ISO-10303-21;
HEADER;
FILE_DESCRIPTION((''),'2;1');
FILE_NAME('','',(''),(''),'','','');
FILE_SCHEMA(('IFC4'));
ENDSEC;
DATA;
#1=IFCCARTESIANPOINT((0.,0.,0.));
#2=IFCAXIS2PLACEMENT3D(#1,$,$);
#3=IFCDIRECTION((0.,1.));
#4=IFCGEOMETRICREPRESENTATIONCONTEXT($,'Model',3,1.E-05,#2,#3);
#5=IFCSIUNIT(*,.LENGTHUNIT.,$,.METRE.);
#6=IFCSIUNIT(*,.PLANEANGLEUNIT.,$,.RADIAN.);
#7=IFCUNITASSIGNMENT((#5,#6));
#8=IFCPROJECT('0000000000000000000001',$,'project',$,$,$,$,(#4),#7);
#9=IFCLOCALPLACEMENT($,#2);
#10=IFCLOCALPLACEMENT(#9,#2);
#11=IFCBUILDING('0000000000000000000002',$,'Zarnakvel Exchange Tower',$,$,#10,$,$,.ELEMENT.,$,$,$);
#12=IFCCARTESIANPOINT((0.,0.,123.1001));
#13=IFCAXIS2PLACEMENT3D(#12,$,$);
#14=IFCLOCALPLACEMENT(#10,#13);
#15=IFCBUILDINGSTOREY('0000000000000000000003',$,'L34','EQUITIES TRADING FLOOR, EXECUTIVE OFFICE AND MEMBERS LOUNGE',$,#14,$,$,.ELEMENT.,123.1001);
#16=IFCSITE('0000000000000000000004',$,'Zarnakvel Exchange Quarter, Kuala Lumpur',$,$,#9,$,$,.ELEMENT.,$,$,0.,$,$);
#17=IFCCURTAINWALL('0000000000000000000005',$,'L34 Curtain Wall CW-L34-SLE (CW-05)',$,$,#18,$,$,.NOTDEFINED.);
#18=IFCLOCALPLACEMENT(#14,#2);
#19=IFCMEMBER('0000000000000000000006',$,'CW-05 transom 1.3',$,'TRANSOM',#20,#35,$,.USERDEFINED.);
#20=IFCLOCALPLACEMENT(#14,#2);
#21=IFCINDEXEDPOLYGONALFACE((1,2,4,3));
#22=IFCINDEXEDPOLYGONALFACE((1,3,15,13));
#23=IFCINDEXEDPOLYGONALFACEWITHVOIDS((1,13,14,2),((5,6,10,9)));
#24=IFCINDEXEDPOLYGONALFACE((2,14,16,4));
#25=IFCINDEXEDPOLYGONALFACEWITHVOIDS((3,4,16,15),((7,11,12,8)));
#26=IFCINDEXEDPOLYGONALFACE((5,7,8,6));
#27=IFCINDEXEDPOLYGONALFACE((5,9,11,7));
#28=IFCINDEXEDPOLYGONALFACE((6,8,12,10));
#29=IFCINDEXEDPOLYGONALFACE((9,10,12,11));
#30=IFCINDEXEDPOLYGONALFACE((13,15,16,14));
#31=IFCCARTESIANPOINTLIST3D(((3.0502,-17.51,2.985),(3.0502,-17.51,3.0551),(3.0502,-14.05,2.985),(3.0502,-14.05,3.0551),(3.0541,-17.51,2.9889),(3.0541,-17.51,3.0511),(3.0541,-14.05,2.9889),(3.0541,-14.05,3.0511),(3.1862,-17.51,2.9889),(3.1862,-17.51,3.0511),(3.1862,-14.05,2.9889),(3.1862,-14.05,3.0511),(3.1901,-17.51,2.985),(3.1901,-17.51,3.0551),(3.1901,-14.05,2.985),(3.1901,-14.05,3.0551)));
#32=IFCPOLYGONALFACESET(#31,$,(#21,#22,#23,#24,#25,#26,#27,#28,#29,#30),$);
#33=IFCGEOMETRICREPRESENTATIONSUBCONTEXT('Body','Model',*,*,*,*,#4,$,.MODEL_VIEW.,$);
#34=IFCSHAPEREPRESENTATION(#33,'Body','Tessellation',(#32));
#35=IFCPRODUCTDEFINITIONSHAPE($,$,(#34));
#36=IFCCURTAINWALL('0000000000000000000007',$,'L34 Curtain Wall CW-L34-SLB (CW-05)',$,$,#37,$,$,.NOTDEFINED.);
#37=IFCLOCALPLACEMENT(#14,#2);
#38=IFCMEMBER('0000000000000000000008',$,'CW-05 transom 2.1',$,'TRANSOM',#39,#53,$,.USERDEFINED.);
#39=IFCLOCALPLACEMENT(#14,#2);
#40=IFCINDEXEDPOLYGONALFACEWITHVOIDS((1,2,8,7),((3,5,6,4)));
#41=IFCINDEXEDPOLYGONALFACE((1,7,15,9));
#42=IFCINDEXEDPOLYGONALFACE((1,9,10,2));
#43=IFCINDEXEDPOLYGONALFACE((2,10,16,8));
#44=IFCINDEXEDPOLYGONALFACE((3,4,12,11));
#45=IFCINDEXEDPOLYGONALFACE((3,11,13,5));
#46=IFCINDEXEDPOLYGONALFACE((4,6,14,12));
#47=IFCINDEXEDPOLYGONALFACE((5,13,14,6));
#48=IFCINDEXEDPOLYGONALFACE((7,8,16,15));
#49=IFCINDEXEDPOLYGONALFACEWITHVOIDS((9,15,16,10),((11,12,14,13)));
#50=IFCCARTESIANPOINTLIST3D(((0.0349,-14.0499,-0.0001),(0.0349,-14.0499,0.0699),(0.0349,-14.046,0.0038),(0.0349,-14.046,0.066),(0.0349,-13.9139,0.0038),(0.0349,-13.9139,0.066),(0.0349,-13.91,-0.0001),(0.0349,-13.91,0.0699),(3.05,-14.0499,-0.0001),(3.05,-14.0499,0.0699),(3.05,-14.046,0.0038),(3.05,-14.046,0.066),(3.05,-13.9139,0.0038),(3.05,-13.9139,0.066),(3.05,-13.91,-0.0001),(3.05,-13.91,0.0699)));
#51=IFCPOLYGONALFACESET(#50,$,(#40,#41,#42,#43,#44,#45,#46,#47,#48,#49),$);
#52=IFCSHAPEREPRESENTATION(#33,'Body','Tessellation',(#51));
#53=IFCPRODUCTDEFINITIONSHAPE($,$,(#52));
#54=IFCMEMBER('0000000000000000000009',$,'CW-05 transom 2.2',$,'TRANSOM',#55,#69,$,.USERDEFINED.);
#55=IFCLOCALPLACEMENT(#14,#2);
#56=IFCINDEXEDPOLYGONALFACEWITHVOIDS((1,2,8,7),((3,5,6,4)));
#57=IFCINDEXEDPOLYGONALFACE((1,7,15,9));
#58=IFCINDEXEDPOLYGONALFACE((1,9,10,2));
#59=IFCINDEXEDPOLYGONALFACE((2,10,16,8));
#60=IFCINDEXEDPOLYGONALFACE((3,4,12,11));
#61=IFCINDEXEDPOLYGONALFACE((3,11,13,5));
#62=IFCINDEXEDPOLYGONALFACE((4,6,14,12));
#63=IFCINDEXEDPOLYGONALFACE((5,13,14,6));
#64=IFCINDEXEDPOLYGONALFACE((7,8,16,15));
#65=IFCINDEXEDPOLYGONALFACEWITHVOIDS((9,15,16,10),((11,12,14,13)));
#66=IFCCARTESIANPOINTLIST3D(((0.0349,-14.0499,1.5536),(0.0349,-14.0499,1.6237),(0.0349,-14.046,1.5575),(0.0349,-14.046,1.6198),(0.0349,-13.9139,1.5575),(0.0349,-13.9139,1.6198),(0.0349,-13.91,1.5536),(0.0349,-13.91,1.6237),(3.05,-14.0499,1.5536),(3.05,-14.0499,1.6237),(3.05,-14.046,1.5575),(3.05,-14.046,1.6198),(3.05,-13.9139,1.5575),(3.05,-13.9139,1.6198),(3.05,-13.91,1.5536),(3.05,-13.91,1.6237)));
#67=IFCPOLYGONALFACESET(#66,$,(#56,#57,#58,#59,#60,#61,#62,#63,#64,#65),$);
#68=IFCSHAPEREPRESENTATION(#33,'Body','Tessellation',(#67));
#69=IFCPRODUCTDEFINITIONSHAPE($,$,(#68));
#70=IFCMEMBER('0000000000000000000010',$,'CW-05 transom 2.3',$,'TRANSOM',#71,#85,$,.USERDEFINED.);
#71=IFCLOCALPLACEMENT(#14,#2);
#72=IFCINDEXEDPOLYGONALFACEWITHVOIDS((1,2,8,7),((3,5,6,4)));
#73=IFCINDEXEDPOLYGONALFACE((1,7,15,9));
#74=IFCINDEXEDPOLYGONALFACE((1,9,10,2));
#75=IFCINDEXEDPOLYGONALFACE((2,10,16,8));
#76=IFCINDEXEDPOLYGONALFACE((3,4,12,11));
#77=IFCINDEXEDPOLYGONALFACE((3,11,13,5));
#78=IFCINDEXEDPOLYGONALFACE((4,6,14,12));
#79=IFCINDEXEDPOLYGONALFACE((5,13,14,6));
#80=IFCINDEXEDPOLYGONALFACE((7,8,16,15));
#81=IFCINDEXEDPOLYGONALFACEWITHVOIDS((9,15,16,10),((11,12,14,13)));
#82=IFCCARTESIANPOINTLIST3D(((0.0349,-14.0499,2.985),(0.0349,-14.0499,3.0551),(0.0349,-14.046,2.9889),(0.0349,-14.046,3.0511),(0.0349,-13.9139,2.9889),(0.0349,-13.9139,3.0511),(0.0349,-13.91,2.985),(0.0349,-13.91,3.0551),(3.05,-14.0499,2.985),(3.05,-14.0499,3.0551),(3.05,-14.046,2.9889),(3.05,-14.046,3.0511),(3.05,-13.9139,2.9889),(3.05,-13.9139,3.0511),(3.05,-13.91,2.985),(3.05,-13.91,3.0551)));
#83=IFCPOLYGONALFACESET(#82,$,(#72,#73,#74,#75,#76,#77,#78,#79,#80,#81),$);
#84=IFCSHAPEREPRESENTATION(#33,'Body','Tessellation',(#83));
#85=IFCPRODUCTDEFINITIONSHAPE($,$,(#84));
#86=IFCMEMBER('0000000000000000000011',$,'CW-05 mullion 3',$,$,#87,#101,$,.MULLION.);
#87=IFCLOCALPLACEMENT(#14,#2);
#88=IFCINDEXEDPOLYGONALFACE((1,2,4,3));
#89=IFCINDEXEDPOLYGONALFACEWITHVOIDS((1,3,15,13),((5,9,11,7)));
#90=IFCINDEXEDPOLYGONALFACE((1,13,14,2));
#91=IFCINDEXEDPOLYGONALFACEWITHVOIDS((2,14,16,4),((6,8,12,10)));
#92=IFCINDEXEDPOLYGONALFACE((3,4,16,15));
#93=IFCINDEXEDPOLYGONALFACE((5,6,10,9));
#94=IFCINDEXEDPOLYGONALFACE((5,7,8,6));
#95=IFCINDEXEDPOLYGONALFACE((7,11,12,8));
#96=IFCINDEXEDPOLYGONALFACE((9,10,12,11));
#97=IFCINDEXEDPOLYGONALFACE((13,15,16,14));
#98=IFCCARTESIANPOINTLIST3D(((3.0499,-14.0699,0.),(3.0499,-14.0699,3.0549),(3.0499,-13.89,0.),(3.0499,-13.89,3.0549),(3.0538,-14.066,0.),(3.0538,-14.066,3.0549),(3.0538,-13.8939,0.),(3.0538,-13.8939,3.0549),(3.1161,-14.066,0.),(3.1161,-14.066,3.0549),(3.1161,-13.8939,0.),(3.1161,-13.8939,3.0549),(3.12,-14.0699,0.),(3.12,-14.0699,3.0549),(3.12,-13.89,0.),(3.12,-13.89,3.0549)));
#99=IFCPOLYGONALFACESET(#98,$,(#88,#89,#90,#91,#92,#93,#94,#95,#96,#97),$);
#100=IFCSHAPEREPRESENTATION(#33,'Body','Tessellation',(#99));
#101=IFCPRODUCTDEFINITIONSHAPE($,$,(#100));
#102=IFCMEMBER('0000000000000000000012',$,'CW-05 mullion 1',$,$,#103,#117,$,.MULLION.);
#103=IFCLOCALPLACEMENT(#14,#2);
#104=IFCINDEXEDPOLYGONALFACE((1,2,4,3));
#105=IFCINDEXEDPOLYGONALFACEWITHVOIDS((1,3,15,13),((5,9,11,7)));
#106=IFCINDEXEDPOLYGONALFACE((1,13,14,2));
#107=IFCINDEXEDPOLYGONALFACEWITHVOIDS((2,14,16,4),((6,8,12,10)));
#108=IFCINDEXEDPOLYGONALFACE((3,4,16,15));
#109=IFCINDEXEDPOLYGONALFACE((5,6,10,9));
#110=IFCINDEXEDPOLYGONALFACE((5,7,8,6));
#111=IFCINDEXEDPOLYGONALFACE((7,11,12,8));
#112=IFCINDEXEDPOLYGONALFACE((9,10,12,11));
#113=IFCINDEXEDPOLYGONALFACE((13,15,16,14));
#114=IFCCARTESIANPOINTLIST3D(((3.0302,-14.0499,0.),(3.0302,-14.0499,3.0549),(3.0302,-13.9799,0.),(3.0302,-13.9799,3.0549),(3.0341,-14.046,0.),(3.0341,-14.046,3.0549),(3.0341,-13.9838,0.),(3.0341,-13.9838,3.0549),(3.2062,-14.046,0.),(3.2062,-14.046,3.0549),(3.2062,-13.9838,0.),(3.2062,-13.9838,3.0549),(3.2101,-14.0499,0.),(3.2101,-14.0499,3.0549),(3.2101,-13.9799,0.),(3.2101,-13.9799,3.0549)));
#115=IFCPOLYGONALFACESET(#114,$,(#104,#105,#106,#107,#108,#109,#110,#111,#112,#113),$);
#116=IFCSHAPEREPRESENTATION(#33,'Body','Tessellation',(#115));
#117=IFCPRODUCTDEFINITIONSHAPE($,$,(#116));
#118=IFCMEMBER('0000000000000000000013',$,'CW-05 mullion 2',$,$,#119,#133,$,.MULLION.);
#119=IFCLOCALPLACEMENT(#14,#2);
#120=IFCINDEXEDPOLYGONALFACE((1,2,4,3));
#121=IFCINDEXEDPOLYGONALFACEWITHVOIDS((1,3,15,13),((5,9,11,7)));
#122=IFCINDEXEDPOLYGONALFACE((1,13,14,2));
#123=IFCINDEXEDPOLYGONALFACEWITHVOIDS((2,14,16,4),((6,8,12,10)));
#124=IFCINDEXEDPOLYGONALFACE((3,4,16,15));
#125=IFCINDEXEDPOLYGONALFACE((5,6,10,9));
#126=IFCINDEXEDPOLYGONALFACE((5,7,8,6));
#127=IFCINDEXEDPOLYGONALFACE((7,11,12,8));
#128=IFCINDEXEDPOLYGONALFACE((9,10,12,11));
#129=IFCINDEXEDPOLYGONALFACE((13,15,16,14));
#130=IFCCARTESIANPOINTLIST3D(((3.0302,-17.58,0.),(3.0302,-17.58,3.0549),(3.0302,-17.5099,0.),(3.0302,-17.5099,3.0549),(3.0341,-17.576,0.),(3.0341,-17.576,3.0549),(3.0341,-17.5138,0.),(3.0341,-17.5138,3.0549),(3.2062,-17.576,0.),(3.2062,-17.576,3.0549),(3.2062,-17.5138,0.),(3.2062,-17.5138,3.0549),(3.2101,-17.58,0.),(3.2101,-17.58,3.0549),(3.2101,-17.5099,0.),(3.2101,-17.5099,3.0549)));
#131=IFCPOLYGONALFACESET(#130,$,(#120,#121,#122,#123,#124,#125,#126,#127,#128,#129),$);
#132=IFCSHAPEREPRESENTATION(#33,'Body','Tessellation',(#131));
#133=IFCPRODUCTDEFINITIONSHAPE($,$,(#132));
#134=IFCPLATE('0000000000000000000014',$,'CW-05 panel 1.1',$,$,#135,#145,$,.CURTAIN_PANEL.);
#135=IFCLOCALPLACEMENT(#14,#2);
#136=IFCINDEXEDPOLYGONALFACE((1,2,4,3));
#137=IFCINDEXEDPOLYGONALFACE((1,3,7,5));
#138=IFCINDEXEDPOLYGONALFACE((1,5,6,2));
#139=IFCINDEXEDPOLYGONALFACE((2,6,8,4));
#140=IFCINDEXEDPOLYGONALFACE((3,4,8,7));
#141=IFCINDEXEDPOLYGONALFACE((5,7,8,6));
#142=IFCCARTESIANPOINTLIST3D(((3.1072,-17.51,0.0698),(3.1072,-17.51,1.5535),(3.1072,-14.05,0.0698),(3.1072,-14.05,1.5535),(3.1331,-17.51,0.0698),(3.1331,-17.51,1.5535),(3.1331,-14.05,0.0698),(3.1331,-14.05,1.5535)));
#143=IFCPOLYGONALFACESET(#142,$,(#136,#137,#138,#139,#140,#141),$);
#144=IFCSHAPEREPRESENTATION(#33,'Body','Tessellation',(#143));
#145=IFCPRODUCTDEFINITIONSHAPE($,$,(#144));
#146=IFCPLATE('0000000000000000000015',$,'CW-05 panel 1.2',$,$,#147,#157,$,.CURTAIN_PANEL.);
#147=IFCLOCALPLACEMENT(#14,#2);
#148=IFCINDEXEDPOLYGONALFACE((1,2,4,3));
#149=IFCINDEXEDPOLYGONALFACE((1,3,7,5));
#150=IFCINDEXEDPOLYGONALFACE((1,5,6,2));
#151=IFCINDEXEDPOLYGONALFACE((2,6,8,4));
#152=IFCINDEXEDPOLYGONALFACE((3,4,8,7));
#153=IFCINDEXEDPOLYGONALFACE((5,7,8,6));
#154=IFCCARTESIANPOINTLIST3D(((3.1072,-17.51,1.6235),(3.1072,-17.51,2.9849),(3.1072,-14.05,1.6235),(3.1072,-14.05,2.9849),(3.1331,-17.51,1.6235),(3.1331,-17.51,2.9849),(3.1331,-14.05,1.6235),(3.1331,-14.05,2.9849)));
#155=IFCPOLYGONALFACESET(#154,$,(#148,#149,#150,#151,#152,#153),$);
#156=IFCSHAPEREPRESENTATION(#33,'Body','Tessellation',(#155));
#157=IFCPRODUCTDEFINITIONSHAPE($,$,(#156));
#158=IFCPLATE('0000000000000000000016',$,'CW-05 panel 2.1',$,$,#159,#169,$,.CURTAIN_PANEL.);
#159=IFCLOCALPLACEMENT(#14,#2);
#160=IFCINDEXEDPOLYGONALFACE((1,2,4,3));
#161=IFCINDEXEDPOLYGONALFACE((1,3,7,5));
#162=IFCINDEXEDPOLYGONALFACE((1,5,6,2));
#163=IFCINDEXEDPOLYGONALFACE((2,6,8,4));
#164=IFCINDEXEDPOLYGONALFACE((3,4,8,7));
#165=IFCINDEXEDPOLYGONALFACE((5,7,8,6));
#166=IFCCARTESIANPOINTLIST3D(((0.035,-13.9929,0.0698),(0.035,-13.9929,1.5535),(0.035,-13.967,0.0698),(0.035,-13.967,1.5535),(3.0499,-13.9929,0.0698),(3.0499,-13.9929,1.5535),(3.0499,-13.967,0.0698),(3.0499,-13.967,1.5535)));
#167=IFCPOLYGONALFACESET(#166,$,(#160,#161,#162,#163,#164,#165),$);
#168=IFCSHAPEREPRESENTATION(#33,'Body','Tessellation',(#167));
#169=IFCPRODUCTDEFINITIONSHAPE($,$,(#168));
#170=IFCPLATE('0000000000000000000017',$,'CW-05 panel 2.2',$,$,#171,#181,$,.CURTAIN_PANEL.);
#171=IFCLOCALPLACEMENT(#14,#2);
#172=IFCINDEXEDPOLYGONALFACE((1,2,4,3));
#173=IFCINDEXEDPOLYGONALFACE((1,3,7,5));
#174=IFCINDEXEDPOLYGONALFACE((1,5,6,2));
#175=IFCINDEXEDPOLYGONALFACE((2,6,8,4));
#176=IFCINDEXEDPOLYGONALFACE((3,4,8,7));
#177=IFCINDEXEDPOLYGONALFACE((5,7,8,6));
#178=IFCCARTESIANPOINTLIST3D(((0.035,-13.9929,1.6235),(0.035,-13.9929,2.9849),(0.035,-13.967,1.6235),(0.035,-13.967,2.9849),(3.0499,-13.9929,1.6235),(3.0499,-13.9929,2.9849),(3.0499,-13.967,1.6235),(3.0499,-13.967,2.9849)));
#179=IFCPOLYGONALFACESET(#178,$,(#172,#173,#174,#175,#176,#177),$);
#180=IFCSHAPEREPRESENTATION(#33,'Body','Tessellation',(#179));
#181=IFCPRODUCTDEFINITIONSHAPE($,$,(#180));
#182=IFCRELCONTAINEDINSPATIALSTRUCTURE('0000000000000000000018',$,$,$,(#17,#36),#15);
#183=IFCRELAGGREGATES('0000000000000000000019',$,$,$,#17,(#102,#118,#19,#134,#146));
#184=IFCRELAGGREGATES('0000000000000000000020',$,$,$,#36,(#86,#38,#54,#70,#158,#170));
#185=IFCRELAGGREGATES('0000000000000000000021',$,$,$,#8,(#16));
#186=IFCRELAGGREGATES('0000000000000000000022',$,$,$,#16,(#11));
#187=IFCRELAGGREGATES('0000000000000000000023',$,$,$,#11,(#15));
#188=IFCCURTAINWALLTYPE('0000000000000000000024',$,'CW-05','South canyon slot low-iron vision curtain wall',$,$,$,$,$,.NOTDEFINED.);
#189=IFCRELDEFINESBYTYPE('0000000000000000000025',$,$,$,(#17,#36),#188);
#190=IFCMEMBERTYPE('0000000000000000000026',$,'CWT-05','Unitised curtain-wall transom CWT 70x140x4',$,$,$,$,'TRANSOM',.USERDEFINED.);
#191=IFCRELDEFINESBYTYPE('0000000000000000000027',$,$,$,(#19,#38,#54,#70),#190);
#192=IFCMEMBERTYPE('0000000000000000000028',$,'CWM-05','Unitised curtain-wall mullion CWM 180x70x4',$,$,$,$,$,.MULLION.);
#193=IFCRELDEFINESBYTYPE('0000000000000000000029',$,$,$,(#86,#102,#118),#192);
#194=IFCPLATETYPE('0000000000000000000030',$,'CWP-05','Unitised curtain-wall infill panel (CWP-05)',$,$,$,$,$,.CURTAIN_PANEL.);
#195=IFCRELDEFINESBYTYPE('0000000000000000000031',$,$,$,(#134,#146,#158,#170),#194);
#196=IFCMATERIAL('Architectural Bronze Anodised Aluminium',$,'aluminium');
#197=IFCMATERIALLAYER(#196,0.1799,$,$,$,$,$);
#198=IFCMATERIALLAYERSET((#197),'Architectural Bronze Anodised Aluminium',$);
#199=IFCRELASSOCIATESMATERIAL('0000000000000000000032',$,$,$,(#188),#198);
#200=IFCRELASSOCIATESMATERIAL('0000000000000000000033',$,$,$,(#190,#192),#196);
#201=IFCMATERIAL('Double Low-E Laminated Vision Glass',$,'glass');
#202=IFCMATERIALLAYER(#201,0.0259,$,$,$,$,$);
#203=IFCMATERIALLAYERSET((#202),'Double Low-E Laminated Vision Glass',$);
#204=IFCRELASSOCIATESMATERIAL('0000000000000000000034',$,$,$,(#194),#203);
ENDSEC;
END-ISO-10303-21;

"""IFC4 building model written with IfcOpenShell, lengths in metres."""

from ifc_helpers import new_model, si_unit, direction, frame, origin, origin_2d, place, context, subcontext, project, spatial, rectangle, hollow_rectangle, extrude, source, transform, mapped, material, layer, layer_set, material_profile, profile_set, type_object, element, aggregate, save


model = new_model("IFC4")

# Units and contexts
model_context = context("Model", 3, precision=1e-05, world=origin(), true_north=direction((0.0, 1.0)))
body_context = subcontext(model_context, "Body", "Model", "MODEL_VIEW")
ifc_project = project(units=[si_unit("LENGTHUNIT", "METRE"), si_unit("PLANEANGLEUNIT", "RADIAN")], contexts=[model_context])

# Site, building, storey
site_placement = place(None, origin())
site = spatial("IfcSite", under=ifc_project, at=site_placement, Name="Zarnakvel Exchange Quarter, Kuala Lumpur", CompositionType="ELEMENT", RefElevation=0.0)
building_placement = place(site_placement, origin())
building = spatial("IfcBuilding", under=site, at=building_placement, Name="Zarnakvel Exchange Tower", CompositionType="ELEMENT")
storey_placement = place(building_placement, frame((0.0, 0.0, 123.1001)))
storey = spatial("IfcBuildingStorey", under=building, at=storey_placement, Name="L34", Description="EQUITIES TRADING FLOOR, EXECUTIVE OFFICE AND MEMBERS LOUNGE", CompositionType="ELEMENT", Elevation=123.1001)

# Curtain walls, members
ifc_material_1 = material(Name="Architectural Bronze Anodised Aluminium", Category="aluminium")
ifc_layer_1 = layer(ifc_material_1, 0.1799)
ifc_layer_set_1 = layer_set([ifc_layer_1], Name="Architectural Bronze Anodised Aluminium")
curtain_wall_type = type_object("IfcCurtainWallType", Name="CW-05", Description="South canyon slot low-iron vision curtain wall", PredefinedType="NOTDEFINED", material=ifc_layer_set_1)
curtain_wall_1_placement = place(storey_placement, origin())
curtain_wall_1 = element("IfcCurtainWall", 1, at=curtain_wall_1_placement, inside=storey, type_object=curtain_wall_type, Name="L34 Curtain Wall CW-L34-SLE (CW-05)", PredefinedType="NOTDEFINED")
ifc_material_profile_1 = material_profile(ifc_material_1, hollow_rectangle(XDim=0.1399, YDim=0.0701, WallThickness=0.0039, at=origin_2d()))
ifc_profile_set_1 = profile_set([ifc_material_profile_1], Name="Architectural Bronze Anodised Aluminium")
member_type_1 = type_object("IfcMemberType", Name="CWT-05", Description="Unitised curtain-wall transom CWT 70x140x4", ElementType="TRANSOM", PredefinedType="USERDEFINED", material=ifc_profile_set_1)
shared_shape_1 = source(origin(), body_context, "Body", "SweptSolid", [
    extrude(hollow_rectangle(XDim=0.1399, YDim=0.0701, WallThickness=0.0039, at=origin_2d()), origin(), (0.0, 0.0, 1.0), 3.46),
])
member_1_placement = place(storey_placement, frame((3.1201, -14.05, 3.02), z_axis=(0.0, -1.0, 0.0), x_axis=(1.0, 0.0, 0.0)))
member_1 = element("IfcMember", 2, at=member_1_placement, type_object=member_type_1, Name="CW-05 transom 1.3", ObjectType="TRANSOM", PredefinedType="USERDEFINED", context=body_context, shape_type="MappedRepresentation", body=[
    mapped(shared_shape_1, transform((0.0, 0.0, 0.0), x_axis=(1.0, 0.0, 0.0), y_axis=(0.0, 1.0, 0.0), z_axis=(0.0, 0.0, 1.0), scale=1.0)),
])
curtain_wall_2_placement = place(storey_placement, origin())
curtain_wall_2 = element("IfcCurtainWall", 3, at=curtain_wall_2_placement, inside=storey, type_object=curtain_wall_type, Name="L34 Curtain Wall CW-L34-SLB (CW-05)", PredefinedType="NOTDEFINED")
shared_shape_2 = source(origin(), body_context, "Body", "SweptSolid", [
    extrude(hollow_rectangle(XDim=0.1399, YDim=0.0701, WallThickness=0.0039, at=origin_2d()), origin(), (0.0, 0.0, 1.0), 3.0151),
])
member_2_placement = place(storey_placement, frame((0.0349, -13.98, 0.0349), z_axis=(1.0, 0.0, 0.0), x_axis=(0.0, 1.0, 0.0)))
member_2 = element("IfcMember", 4, at=member_2_placement, type_object=member_type_1, Name="CW-05 transom 2.1", ObjectType="TRANSOM", PredefinedType="USERDEFINED", context=body_context, shape_type="MappedRepresentation", body=[
    mapped(shared_shape_2, transform((0.0, 0.0, 0.0), x_axis=(1.0, 0.0, 0.0), y_axis=(0.0, 1.0, 0.0), z_axis=(0.0, 0.0, 1.0), scale=1.0)),
])
member_3_placement = place(storey_placement, frame((0.0349, -13.98, 1.5886), z_axis=(1.0, 0.0, 0.0), x_axis=(0.0, 1.0, 0.0)))
member_3 = element("IfcMember", 5, at=member_3_placement, type_object=member_type_1, Name="CW-05 transom 2.2", ObjectType="TRANSOM", PredefinedType="USERDEFINED", context=body_context, shape_type="MappedRepresentation", body=[
    mapped(shared_shape_2, transform((0.0, 0.0, 0.0), x_axis=(1.0, 0.0, 0.0), y_axis=(0.0, 1.0, 0.0), z_axis=(0.0, 0.0, 1.0), scale=1.0)),
])
member_4_placement = place(storey_placement, frame((0.0349, -13.98, 3.02), z_axis=(1.0, 0.0, 0.0), x_axis=(0.0, 1.0, 0.0)))
member_4 = element("IfcMember", 6, at=member_4_placement, type_object=member_type_1, Name="CW-05 transom 2.3", ObjectType="TRANSOM", PredefinedType="USERDEFINED", context=body_context, shape_type="MappedRepresentation", body=[
    mapped(shared_shape_2, transform((0.0, 0.0, 0.0), x_axis=(1.0, 0.0, 0.0), y_axis=(0.0, 1.0, 0.0), z_axis=(0.0, 0.0, 1.0), scale=1.0)),
])
ifc_material_profile_2 = material_profile(ifc_material_1, hollow_rectangle(XDim=0.1799, YDim=0.0701, WallThickness=0.0039, at=origin_2d()))
ifc_profile_set_2 = profile_set([ifc_material_profile_2], Name="Architectural Bronze Anodised Aluminium")
member_type_2 = type_object("IfcMemberType", Name="CWM-05", Description="Unitised curtain-wall mullion CWM 180x70x4", PredefinedType="MULLION", material=ifc_profile_set_2)
shared_shape_3 = source(origin(), body_context, "Body", "SweptSolid", [
    extrude(hollow_rectangle(XDim=0.1799, YDim=0.0701, WallThickness=0.0039, at=origin_2d()), origin(), (0.0, 0.0, 1.0), 3.0549),
])
member_5_placement = place(storey_placement, frame((3.085, -13.98, 0.0), z_axis=(0.0, 0.0, 1.0), x_axis=(0.0, 1.0, 0.0)))
member_5 = element("IfcMember", 7, at=member_5_placement, type_object=member_type_2, Name="CW-05 mullion 3", PredefinedType="MULLION", context=body_context, shape_type="MappedRepresentation", body=[
    mapped(shared_shape_3, transform((0.0, 0.0, 0.0), x_axis=(1.0, 0.0, 0.0), y_axis=(0.0, 1.0, 0.0), z_axis=(0.0, 0.0, 1.0), scale=1.0)),
])

# Members
member_6_placement = place(storey_placement, frame((3.1201, -14.0149, 0.0), z_axis=(0.0, 0.0, 1.0), x_axis=(1.0, 0.0, 0.0)))
member_6 = element("IfcMember", 8, at=member_6_placement, type_object=member_type_2, Name="CW-05 mullion 1", PredefinedType="MULLION", context=body_context, shape_type="MappedRepresentation", body=[
    mapped(shared_shape_3, transform((0.0, 0.0, 0.0), x_axis=(1.0, 0.0, 0.0), y_axis=(0.0, 1.0, 0.0), z_axis=(0.0, 0.0, 1.0), scale=1.0)),
])
member_7_placement = place(storey_placement, frame((3.1201, -17.5449, 0.0), z_axis=(0.0, 0.0, 1.0), x_axis=(1.0, 0.0, 0.0)))
member_7 = element("IfcMember", 9, at=member_7_placement, type_object=member_type_2, Name="CW-05 mullion 2", PredefinedType="MULLION", context=body_context, shape_type="MappedRepresentation", body=[
    mapped(shared_shape_3, transform((0.0, 0.0, 0.0), x_axis=(1.0, 0.0, 0.0), y_axis=(0.0, 1.0, 0.0), z_axis=(0.0, 0.0, 1.0), scale=1.0)),
])

# Plates
ifc_material_2 = material(Name="Double Low-E Laminated Vision Glass", Category="glass")
ifc_layer_2 = layer(ifc_material_2, 0.0259)
ifc_layer_set_2 = layer_set([ifc_layer_2], Name="Double Low-E Laminated Vision Glass")
plate_type = type_object("IfcPlateType", Name="CWP-05", Description="Unitised curtain-wall infill panel (CWP-05)", PredefinedType="CURTAIN_PANEL", material=ifc_layer_set_2)
shared_shape_4 = source(origin(), body_context, "Body", "SweptSolid", [
    extrude(rectangle(XDim=3.46, YDim=0.0259, at=origin_2d()), origin(), (0.0, 0.0, 1.0), 1.4836),
])
plate_1_placement = place(storey_placement, frame((3.1201, -15.78, 0.0698), z_axis=(0.0, 0.0, 1.0), x_axis=(0.0, -1.0, 0.0)))
plate_1 = element("IfcPlate", 10, at=plate_1_placement, type_object=plate_type, Name="CW-05 panel 1.1", PredefinedType="CURTAIN_PANEL", context=body_context, shape_type="MappedRepresentation", body=[
    mapped(shared_shape_4, transform((0.0, 0.0, 0.0), x_axis=(1.0, 0.0, 0.0), y_axis=(0.0, 1.0, 0.0), z_axis=(0.0, 0.0, 1.0), scale=1.0)),
])
shared_shape_5 = source(origin(), body_context, "Body", "SweptSolid", [
    extrude(rectangle(XDim=3.46, YDim=0.0259, at=origin_2d()), origin(), (0.0, 0.0, 1.0), 1.3613),
])
plate_2_placement = place(storey_placement, frame((3.1201, -15.78, 1.6235), z_axis=(0.0, 0.0, 1.0), x_axis=(0.0, -1.0, 0.0)))
plate_2 = element("IfcPlate", 11, at=plate_2_placement, type_object=plate_type, Name="CW-05 panel 1.2", PredefinedType="CURTAIN_PANEL", context=body_context, shape_type="MappedRepresentation", body=[
    mapped(shared_shape_5, transform((0.0, 0.0, 0.0), x_axis=(1.0, 0.0, 0.0), y_axis=(0.0, 1.0, 0.0), z_axis=(0.0, 0.0, 1.0), scale=1.0)),
])
aggregate(curtain_wall_1, [member_6, member_7, member_1, plate_1, plate_2])
shared_shape_6 = source(origin(), body_context, "Body", "SweptSolid", [
    extrude(rectangle(XDim=3.0149, YDim=0.0259, at=origin_2d()), origin(), (0.0, 0.0, 1.0), 1.4836),
])
plate_3_placement = place(storey_placement, frame((1.5425, -13.98, 0.0698), z_axis=(0.0, 0.0, 1.0), x_axis=(1.0, 0.0, 0.0)))
plate_3 = element("IfcPlate", 12, at=plate_3_placement, type_object=plate_type, Name="CW-05 panel 2.1", PredefinedType="CURTAIN_PANEL", context=body_context, shape_type="MappedRepresentation", body=[
    mapped(shared_shape_6, transform((0.0, 0.0, 0.0), x_axis=(1.0, 0.0, 0.0), y_axis=(0.0, 1.0, 0.0), z_axis=(0.0, 0.0, 1.0), scale=1.0)),
])
shared_shape_7 = source(origin(), body_context, "Body", "SweptSolid", [
    extrude(rectangle(XDim=3.0149, YDim=0.0259, at=origin_2d()), origin(), (0.0, 0.0, 1.0), 1.3613),
])
plate_4_placement = place(storey_placement, frame((1.5425, -13.98, 1.6235), z_axis=(0.0, 0.0, 1.0), x_axis=(1.0, 0.0, 0.0)))
plate_4 = element("IfcPlate", 13, at=plate_4_placement, type_object=plate_type, Name="CW-05 panel 2.2", PredefinedType="CURTAIN_PANEL", context=body_context, shape_type="MappedRepresentation", body=[
    mapped(shared_shape_7, transform((0.0, 0.0, 0.0), x_axis=(1.0, 0.0, 0.0), y_axis=(0.0, 1.0, 0.0), z_axis=(0.0, 0.0, 1.0), scale=1.0)),
])
aggregate(curtain_wall_2, [member_5, member_2, member_3, member_4, plate_3, plate_4])

save(model, "model.ifc")
